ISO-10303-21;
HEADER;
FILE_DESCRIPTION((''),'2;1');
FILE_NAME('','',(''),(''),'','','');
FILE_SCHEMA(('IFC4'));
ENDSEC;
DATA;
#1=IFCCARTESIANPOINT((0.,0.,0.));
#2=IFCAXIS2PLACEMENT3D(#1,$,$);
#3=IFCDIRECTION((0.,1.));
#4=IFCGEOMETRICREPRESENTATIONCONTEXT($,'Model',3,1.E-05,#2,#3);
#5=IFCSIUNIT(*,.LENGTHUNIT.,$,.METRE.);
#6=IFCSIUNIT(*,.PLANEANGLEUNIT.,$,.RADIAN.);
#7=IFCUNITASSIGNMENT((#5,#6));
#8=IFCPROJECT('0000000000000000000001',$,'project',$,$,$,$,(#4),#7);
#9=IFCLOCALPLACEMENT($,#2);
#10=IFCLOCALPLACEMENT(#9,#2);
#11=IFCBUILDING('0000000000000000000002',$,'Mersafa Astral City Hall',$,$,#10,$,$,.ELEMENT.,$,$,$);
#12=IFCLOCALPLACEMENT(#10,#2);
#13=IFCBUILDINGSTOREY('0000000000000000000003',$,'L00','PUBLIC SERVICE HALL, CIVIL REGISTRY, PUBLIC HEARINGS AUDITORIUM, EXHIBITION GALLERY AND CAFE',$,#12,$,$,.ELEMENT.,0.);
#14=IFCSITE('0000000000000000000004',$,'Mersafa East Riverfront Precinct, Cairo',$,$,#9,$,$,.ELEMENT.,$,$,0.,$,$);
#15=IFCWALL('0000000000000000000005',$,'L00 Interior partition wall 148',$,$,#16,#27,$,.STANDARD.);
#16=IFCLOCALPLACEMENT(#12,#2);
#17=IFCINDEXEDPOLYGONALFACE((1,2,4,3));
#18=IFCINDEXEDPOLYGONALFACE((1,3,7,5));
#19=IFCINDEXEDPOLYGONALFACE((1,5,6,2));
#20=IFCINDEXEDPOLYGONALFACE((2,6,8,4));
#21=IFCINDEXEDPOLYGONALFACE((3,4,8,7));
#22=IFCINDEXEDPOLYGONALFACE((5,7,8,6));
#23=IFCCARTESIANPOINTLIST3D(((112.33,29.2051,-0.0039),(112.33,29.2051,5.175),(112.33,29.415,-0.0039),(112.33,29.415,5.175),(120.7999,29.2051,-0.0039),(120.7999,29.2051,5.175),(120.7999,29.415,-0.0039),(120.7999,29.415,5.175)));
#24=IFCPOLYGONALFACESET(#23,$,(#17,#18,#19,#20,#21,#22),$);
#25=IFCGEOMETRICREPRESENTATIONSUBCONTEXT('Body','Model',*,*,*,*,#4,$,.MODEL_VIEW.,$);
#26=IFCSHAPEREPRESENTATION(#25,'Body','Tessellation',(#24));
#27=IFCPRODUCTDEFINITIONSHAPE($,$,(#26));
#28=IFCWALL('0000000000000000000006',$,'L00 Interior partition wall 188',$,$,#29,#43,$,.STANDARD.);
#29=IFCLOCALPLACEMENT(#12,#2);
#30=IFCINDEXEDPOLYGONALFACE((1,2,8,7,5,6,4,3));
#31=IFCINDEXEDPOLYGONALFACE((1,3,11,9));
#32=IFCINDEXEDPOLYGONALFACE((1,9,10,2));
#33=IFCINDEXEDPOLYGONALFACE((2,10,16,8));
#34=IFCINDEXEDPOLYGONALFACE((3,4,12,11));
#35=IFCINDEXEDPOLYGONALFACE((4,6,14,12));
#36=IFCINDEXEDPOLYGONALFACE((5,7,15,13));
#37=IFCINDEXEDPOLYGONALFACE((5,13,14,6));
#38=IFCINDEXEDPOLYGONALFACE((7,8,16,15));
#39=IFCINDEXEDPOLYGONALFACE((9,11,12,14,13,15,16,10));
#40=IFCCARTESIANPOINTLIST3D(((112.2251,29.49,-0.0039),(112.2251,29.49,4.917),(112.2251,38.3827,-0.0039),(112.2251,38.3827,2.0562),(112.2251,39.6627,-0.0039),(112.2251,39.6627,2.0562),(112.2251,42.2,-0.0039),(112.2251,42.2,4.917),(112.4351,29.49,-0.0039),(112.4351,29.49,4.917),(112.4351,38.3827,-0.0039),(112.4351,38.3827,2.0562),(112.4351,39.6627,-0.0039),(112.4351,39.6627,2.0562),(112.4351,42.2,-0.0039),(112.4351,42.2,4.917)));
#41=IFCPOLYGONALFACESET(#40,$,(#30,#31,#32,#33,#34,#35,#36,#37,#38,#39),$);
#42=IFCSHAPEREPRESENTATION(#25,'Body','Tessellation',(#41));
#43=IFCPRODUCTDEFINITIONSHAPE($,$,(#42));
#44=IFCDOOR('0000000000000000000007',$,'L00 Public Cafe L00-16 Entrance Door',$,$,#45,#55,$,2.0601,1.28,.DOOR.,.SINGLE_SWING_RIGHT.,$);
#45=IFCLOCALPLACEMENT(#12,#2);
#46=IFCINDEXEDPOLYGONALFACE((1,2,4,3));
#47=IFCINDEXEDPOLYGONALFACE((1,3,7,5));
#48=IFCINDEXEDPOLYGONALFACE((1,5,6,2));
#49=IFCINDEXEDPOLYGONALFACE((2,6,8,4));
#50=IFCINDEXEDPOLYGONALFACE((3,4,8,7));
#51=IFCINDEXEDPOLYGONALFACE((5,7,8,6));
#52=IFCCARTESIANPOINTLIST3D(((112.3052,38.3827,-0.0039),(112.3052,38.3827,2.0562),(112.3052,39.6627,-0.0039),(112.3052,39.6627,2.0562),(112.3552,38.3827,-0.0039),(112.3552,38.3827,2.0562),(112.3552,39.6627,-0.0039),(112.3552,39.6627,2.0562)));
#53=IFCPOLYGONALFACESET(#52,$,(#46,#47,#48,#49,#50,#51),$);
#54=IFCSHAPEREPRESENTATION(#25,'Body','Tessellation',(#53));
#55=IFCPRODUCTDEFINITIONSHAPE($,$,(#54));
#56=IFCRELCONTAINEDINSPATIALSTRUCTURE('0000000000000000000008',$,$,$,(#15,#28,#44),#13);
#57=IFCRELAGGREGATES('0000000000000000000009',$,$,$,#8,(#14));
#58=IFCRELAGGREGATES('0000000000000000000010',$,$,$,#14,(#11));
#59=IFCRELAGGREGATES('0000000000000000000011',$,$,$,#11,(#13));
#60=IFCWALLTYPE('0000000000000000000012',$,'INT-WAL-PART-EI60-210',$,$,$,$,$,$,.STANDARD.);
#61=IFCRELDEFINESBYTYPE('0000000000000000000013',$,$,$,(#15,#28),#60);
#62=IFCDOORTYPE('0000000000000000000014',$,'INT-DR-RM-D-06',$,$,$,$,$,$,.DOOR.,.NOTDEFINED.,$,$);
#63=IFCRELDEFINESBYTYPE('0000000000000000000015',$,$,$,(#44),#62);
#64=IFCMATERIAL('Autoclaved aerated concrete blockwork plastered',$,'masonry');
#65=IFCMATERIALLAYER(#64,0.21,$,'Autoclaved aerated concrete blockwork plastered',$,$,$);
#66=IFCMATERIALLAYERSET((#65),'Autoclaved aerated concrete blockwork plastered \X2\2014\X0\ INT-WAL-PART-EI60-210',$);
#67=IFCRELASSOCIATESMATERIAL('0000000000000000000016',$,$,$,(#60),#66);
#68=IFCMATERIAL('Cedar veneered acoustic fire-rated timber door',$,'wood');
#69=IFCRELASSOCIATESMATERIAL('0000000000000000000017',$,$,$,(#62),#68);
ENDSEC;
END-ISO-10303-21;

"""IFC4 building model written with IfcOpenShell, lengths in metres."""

from ifc_helpers import new_model, si_unit, direction, frame, frame_2d, origin, place, context, subcontext, project, spatial, rectangle, extrude, material, layer, layer_set, type_object, element, fill, save


model = new_model("IFC4")

# Units and contexts
model_context = context("Model", 3, precision=1e-05, world=origin(), true_north=direction((0.0, 1.0)))
body_context = subcontext(model_context, "Body", "Model", "MODEL_VIEW")
ifc_project = project(units=[si_unit("LENGTHUNIT", "METRE"), si_unit("PLANEANGLEUNIT", "RADIAN")], contexts=[model_context])

# Site, building, storey
site_placement = place(None, origin())
site = spatial("IfcSite", under=ifc_project, at=site_placement, Name="Mersafa East Riverfront Precinct, Cairo", CompositionType="ELEMENT", RefElevation=0.0)
building_placement = place(site_placement, origin())
building = spatial("IfcBuilding", under=site, at=building_placement, Name="Mersafa Astral City Hall", CompositionType="ELEMENT")
storey_placement = place(building_placement, origin())
storey = spatial("IfcBuildingStorey", under=building, at=storey_placement, Name="L00", Description="PUBLIC SERVICE HALL, CIVIL REGISTRY, PUBLIC HEARINGS AUDITORIUM, EXHIBITION GALLERY AND CAFE", CompositionType="ELEMENT", Elevation=0.0)

# Wall
ifc_material_1 = material(Name="Autoclaved aerated concrete blockwork plastered", Category="masonry")
ifc_layer_1 = layer(ifc_material_1, 0.21, Name="Autoclaved aerated concrete blockwork plastered")
ifc_layer_set_1 = layer_set([ifc_layer_1], Name="Autoclaved aerated concrete blockwork plastered — INT-WAL-PART-EI60-210")
wall_type_1 = type_object("IfcWallType", Name="INT-WAL-PART-EI60-210", PredefinedType="STANDARD", material=ifc_layer_set_1)
wall_1_placement = place(storey_placement, frame((112.3301, 29.3101, -0.0039), z_axis=(0.0, 0.0, 1.0), x_axis=(1.0, 0.0, 0.0)))
element("IfcWall", 1, at=wall_1_placement, inside=storey, type_object=wall_type_1, Name="L00 Interior partition wall 148", PredefinedType="STANDARD", context=body_context, shape_type="SweptSolid", body=[
    extrude(rectangle(XDim=8.47, YDim=0.21, at=frame_2d((4.2349, 0.0))), origin(), (0.0, 0.0, 1.0), 5.179),
])

# Wall, opening, door
wall_2_placement = place(storey_placement, frame((112.3301, 29.49, -0.0039), z_axis=(0.0, 0.0, 1.0), x_axis=(0.0, 1.0, 0.0)))
wall_2 = element("IfcWall", 2, at=wall_2_placement, inside=storey, type_object=wall_type_1, Name="L00 Interior partition wall 188", PredefinedType="STANDARD", context=body_context, shape_type="SweptSolid", body=[
    extrude(rectangle(XDim=12.71, YDim=0.21, at=frame_2d((6.355, 0.0))), origin(), (0.0, 0.0, 1.0), 4.9209),
])
opening_placement = place(wall_2_placement, frame((8.8926, 0.0, 0.0)))
opening = element("IfcOpeningElement", 3, at=opening_placement, cuts=wall_2, PredefinedType="OPENING", context=body_context, shape_type="SweptSolid", body=[
    extrude(rectangle(XDim=1.28, YDim=2.0601, at=frame_2d((0.6401, 1.03))), frame((0.0, 0.115, 0.0), z_axis=(0.0, -1.0, 0.0), x_axis=(1.0, 0.0, 0.0)), (0.0, 0.0, 1.0), 0.23),
])
ifc_material_2 = material(Name="Cedar veneered acoustic fire-rated timber door", Category="wood")
door_type = type_object("IfcDoorType", Name="INT-DR-RM-D-06", OperationType="NOTDEFINED", PredefinedType="DOOR", material=ifc_material_2)
door_placement = place(opening_placement, origin())
door = element("IfcDoor", 4, at=door_placement, inside=storey, type_object=door_type, Name="L00 Public Cafe L00-16 Entrance Door", OperationType="SINGLE_SWING_RIGHT", OverallHeight=2.0601, OverallWidth=1.28, PredefinedType="DOOR", context=body_context, shape_type="SweptSolid", body=[
    extrude(rectangle(XDim=1.28, YDim=2.0601, at=frame_2d((0.6401, 1.03))), frame((0.0, 0.0249, 0.0), z_axis=(0.0, -1.0, 0.0), x_axis=(1.0, 0.0, 0.0)), (0.0, 0.0, 1.0), 0.05),
])
fill(opening, door)

save(model, "model.ifc")
